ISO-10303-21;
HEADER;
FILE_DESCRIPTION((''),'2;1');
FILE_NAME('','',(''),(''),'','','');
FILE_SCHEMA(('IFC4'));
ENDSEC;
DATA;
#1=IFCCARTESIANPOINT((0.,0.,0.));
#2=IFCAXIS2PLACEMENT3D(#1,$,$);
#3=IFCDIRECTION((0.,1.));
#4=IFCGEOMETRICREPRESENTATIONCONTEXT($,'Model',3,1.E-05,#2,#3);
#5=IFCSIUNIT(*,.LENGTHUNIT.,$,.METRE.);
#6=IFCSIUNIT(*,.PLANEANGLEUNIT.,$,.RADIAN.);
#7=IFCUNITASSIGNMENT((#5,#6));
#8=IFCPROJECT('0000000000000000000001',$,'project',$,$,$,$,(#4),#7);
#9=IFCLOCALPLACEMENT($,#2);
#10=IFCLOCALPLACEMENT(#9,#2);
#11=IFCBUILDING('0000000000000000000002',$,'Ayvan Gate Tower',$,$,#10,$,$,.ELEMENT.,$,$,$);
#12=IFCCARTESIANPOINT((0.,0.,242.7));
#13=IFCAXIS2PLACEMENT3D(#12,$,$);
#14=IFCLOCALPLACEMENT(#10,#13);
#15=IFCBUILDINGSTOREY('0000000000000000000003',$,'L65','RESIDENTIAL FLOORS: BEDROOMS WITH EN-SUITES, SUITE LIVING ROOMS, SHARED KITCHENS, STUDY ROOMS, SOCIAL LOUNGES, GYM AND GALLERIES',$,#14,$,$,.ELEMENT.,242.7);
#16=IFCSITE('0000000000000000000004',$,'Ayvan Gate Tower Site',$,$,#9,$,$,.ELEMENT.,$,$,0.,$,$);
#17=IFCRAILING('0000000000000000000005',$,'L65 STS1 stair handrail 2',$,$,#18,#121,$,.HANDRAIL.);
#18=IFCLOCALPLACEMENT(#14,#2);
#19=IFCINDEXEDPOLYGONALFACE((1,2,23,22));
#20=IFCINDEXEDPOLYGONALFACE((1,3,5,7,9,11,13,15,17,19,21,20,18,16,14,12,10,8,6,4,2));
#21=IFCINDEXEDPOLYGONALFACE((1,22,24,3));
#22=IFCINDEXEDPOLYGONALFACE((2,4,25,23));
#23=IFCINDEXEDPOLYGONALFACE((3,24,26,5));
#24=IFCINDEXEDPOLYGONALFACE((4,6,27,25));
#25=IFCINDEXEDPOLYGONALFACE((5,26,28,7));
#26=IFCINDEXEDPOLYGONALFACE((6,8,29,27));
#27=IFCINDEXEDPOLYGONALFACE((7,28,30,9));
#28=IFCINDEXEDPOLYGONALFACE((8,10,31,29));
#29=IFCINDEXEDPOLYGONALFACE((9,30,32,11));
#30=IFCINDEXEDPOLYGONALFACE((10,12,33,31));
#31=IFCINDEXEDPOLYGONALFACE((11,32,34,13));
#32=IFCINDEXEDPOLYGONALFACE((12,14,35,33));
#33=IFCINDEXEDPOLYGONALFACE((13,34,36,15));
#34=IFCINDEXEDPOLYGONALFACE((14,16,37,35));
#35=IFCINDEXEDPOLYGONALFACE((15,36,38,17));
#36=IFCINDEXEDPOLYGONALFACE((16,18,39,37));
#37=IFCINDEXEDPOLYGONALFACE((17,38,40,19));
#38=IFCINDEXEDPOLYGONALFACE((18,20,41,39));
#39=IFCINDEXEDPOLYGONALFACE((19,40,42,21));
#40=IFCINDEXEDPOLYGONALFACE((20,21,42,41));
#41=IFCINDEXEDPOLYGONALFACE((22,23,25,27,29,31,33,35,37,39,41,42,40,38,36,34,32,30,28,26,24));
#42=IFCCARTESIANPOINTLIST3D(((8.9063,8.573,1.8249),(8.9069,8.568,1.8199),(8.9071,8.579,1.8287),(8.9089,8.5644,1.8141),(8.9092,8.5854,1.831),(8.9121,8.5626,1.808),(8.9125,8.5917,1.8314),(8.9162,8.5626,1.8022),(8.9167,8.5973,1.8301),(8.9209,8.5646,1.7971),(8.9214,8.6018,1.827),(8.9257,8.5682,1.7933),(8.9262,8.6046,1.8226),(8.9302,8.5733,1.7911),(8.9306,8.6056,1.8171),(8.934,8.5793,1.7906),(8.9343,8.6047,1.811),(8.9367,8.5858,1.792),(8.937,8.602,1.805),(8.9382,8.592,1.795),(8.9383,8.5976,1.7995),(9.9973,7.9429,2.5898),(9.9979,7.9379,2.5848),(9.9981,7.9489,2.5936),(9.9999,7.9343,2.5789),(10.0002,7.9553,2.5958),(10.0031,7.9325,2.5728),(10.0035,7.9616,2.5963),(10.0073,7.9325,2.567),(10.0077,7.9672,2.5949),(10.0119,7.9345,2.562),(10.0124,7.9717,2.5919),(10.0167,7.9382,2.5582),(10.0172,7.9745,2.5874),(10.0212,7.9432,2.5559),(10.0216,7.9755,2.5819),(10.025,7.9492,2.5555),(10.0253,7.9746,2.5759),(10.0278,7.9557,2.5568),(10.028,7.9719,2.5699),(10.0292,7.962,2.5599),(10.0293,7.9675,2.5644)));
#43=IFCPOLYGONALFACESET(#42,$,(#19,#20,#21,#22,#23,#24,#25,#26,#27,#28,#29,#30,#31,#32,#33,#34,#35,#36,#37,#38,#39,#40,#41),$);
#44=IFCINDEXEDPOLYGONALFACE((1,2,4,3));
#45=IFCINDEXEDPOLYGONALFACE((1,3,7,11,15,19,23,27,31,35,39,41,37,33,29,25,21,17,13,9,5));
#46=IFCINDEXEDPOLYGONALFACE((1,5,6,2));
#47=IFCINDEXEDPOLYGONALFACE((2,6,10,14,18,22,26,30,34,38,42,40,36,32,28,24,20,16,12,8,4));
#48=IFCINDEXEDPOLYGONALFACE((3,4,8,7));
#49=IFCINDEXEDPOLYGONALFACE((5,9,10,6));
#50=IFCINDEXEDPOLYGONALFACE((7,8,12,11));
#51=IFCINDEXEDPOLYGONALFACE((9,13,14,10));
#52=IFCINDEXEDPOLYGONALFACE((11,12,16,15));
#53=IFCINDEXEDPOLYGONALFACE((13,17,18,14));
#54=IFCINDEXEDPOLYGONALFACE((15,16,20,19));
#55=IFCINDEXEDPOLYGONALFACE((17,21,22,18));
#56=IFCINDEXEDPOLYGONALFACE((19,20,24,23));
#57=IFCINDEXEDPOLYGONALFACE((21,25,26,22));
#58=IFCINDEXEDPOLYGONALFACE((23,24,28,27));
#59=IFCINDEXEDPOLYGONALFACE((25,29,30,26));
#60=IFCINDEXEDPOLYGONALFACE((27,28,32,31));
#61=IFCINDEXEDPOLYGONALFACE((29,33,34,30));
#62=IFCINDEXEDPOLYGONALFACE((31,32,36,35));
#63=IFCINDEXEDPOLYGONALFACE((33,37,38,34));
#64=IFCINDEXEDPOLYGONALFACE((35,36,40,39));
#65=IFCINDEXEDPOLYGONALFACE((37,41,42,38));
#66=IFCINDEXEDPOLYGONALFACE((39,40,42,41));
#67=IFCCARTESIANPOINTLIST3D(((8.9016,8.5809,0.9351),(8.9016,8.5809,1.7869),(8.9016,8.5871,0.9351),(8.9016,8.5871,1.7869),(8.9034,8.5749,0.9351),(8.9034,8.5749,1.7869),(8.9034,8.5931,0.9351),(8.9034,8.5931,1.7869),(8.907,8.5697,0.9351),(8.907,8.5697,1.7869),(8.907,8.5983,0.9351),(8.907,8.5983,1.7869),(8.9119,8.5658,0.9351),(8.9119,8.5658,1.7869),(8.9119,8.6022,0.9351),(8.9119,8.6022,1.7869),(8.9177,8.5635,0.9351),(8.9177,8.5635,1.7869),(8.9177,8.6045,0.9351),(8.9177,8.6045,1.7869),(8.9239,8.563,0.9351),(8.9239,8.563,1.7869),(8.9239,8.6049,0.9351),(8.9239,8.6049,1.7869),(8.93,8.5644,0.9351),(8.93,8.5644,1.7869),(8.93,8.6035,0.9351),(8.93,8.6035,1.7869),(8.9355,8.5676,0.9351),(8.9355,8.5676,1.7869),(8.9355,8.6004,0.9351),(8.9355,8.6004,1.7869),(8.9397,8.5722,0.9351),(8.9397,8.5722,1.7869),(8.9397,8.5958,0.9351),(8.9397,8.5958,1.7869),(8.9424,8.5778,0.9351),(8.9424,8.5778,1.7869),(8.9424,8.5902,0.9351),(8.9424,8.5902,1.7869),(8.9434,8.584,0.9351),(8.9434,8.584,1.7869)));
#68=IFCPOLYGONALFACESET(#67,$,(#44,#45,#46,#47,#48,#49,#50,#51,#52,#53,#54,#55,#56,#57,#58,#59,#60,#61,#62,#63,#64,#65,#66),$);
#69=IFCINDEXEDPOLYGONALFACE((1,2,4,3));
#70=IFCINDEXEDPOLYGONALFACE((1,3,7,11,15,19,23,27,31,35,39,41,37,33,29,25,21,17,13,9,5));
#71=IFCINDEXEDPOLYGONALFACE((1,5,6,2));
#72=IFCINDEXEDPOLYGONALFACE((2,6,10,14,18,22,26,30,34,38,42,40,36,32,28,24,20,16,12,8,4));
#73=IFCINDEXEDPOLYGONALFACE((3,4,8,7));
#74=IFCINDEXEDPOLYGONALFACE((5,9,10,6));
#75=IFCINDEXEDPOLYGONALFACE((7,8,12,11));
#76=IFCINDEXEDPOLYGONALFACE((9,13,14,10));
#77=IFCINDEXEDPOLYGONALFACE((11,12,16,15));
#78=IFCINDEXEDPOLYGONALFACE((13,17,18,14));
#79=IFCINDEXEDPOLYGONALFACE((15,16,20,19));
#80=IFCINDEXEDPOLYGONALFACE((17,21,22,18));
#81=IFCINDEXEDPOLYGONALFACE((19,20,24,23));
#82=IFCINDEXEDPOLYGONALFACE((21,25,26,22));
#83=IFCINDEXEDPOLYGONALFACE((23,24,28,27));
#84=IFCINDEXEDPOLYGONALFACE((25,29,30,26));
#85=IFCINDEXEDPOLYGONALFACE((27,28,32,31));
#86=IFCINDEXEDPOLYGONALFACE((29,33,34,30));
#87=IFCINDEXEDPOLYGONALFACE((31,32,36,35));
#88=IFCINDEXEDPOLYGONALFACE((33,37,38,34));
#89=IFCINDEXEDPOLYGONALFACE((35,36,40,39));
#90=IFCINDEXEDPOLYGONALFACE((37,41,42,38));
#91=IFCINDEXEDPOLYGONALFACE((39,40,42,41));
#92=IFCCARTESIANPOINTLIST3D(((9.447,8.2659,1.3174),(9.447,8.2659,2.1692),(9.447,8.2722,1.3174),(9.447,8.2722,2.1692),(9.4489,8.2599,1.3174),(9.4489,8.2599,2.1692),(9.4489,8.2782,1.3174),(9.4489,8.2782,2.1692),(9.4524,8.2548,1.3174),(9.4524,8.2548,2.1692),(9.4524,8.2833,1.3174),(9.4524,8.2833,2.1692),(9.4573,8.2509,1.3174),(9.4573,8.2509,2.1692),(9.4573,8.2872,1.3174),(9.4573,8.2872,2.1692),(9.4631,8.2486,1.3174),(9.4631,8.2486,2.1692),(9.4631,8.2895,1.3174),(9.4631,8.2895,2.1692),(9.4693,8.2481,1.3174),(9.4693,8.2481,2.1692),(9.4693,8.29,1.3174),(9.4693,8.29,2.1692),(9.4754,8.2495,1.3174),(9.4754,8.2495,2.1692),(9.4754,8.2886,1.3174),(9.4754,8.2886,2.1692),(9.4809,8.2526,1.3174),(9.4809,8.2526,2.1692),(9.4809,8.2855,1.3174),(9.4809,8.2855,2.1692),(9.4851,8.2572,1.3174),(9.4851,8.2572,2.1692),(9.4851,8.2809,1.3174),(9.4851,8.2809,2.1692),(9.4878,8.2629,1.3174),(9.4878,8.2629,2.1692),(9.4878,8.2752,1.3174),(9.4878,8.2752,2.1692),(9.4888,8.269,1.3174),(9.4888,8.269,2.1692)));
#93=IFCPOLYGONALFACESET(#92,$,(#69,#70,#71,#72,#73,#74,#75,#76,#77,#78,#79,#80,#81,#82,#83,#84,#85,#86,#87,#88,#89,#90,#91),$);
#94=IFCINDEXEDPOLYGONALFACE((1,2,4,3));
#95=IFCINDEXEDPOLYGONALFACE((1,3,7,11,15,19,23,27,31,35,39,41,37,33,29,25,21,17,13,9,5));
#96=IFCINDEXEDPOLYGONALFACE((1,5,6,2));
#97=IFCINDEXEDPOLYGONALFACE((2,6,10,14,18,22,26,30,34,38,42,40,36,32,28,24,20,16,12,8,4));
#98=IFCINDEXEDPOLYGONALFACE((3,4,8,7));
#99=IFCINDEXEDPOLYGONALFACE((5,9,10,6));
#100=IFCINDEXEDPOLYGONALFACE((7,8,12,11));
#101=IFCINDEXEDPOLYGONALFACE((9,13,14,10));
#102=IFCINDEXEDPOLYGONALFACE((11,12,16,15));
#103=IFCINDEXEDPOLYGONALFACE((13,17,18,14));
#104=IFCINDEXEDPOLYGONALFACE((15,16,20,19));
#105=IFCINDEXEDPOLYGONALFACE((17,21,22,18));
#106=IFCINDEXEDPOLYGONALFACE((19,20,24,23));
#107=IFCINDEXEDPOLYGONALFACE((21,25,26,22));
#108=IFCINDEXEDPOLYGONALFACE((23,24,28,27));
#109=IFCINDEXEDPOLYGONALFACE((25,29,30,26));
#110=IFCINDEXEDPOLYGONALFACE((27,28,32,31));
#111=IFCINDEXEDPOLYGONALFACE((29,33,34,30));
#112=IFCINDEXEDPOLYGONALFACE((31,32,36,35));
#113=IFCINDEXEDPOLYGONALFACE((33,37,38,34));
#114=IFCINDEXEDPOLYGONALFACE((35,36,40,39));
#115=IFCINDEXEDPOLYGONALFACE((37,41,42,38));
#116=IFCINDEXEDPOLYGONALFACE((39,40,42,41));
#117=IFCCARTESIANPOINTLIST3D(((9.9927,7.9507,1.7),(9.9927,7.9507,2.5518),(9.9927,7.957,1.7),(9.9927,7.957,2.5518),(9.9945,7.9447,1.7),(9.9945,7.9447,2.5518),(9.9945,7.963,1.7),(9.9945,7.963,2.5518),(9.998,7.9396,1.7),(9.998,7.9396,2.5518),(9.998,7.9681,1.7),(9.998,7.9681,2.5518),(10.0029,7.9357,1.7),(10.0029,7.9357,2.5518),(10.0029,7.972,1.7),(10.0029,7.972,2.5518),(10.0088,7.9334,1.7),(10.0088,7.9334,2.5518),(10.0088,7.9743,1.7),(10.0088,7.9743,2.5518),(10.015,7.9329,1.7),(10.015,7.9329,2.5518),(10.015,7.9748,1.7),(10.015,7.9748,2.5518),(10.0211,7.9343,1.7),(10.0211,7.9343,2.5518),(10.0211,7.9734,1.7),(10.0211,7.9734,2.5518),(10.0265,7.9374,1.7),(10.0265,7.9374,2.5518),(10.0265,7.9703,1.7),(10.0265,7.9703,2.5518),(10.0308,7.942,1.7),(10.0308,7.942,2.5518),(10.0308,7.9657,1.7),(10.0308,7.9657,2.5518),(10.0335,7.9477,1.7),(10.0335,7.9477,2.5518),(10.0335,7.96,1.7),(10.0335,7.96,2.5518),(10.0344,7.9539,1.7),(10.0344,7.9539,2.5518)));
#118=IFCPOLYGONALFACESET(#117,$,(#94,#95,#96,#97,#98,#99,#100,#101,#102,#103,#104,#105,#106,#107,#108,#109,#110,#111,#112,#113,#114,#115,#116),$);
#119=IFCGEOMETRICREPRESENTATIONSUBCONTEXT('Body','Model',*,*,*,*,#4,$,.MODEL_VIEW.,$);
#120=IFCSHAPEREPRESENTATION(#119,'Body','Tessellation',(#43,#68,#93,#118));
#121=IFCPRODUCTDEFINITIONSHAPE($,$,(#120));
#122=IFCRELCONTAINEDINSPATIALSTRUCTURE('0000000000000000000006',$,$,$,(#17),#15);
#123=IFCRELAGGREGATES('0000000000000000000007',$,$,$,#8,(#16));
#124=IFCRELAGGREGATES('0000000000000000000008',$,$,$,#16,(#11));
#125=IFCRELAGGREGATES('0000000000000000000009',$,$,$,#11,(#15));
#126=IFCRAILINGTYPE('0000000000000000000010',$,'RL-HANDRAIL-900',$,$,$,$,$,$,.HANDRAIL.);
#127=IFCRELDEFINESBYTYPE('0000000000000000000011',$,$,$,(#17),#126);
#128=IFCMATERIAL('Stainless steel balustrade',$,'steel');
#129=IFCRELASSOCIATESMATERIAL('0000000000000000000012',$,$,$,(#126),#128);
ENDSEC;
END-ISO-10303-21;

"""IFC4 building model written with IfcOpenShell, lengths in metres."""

from ifc_helpers import new_model, si_unit, direction, frame, origin, origin_2d, place, context, subcontext, project, spatial, circle, extrude, material, type_object, element, save


model = new_model("IFC4")

# Units and contexts
model_context = context("Model", 3, precision=1e-05, world=origin(), true_north=direction((0.0, 1.0)))
body_context = subcontext(model_context, "Body", "Model", "MODEL_VIEW")
ifc_project = project(units=[si_unit("LENGTHUNIT", "METRE"), si_unit("PLANEANGLEUNIT", "RADIAN")], contexts=[model_context])

# Site, building, storey
site_placement = place(None, origin())
site = spatial("IfcSite", under=ifc_project, at=site_placement, Name="Ayvan Gate Tower Site", CompositionType="ELEMENT", RefElevation=0.0)
building_placement = place(site_placement, origin())
building = spatial("IfcBuilding", under=site, at=building_placement, Name="Ayvan Gate Tower", CompositionType="ELEMENT")
storey_placement = place(building_placement, frame((0.0, 0.0, 242.7)))
storey = spatial("IfcBuildingStorey", under=building, at=storey_placement, Name="L65", Description="RESIDENTIAL FLOORS: BEDROOMS WITH EN-SUITES, SUITE LIVING ROOMS, SHARED KITCHENS, STUDY ROOMS, SOCIAL LOUNGES, GYM AND GALLERIES", CompositionType="ELEMENT", Elevation=242.7)

# Railing
ifc_material_1 = material(Name="Stainless steel balustrade", Category="steel")
railing_type_1 = type_object("IfcRailingType", Name="RL-HANDRAIL-900", PredefinedType="HANDRAIL", material=ifc_material_1)
railing_1_placement = place(storey_placement, frame((8.9224, 8.584, 0.9351)))
element("IfcRailing", 1, at=railing_1_placement, inside=storey, type_object=railing_type_1, Name="L65 STS1 stair handrail 2", PredefinedType="HANDRAIL", context=body_context, shape_type="SweptSolid", body=[
    extrude(circle(Radius=0.0239, at=origin_2d()), frame((0.0, 0.0, 0.876), z_axis=(0.740229, -0.427508, 0.518939), x_axis=(0.500119, 0.865956, 0.0)), (0.0, 0.0, 1.0), 1.4739),
    extrude(circle(Radius=0.021, at=origin_2d()), origin(), (0.0, 0.0, 1.0), 0.8518),
    extrude(circle(Radius=0.021, at=origin_2d()), frame((0.5454, -0.3149, 0.3823)), (0.0, 0.0, 1.0), 0.8518),
    extrude(circle(Radius=0.021, at=origin_2d()), frame((1.0911, -0.6301, 0.7649)), (0.0, 0.0, 1.0), 0.8518),
])

save(model, "model.ifc")
